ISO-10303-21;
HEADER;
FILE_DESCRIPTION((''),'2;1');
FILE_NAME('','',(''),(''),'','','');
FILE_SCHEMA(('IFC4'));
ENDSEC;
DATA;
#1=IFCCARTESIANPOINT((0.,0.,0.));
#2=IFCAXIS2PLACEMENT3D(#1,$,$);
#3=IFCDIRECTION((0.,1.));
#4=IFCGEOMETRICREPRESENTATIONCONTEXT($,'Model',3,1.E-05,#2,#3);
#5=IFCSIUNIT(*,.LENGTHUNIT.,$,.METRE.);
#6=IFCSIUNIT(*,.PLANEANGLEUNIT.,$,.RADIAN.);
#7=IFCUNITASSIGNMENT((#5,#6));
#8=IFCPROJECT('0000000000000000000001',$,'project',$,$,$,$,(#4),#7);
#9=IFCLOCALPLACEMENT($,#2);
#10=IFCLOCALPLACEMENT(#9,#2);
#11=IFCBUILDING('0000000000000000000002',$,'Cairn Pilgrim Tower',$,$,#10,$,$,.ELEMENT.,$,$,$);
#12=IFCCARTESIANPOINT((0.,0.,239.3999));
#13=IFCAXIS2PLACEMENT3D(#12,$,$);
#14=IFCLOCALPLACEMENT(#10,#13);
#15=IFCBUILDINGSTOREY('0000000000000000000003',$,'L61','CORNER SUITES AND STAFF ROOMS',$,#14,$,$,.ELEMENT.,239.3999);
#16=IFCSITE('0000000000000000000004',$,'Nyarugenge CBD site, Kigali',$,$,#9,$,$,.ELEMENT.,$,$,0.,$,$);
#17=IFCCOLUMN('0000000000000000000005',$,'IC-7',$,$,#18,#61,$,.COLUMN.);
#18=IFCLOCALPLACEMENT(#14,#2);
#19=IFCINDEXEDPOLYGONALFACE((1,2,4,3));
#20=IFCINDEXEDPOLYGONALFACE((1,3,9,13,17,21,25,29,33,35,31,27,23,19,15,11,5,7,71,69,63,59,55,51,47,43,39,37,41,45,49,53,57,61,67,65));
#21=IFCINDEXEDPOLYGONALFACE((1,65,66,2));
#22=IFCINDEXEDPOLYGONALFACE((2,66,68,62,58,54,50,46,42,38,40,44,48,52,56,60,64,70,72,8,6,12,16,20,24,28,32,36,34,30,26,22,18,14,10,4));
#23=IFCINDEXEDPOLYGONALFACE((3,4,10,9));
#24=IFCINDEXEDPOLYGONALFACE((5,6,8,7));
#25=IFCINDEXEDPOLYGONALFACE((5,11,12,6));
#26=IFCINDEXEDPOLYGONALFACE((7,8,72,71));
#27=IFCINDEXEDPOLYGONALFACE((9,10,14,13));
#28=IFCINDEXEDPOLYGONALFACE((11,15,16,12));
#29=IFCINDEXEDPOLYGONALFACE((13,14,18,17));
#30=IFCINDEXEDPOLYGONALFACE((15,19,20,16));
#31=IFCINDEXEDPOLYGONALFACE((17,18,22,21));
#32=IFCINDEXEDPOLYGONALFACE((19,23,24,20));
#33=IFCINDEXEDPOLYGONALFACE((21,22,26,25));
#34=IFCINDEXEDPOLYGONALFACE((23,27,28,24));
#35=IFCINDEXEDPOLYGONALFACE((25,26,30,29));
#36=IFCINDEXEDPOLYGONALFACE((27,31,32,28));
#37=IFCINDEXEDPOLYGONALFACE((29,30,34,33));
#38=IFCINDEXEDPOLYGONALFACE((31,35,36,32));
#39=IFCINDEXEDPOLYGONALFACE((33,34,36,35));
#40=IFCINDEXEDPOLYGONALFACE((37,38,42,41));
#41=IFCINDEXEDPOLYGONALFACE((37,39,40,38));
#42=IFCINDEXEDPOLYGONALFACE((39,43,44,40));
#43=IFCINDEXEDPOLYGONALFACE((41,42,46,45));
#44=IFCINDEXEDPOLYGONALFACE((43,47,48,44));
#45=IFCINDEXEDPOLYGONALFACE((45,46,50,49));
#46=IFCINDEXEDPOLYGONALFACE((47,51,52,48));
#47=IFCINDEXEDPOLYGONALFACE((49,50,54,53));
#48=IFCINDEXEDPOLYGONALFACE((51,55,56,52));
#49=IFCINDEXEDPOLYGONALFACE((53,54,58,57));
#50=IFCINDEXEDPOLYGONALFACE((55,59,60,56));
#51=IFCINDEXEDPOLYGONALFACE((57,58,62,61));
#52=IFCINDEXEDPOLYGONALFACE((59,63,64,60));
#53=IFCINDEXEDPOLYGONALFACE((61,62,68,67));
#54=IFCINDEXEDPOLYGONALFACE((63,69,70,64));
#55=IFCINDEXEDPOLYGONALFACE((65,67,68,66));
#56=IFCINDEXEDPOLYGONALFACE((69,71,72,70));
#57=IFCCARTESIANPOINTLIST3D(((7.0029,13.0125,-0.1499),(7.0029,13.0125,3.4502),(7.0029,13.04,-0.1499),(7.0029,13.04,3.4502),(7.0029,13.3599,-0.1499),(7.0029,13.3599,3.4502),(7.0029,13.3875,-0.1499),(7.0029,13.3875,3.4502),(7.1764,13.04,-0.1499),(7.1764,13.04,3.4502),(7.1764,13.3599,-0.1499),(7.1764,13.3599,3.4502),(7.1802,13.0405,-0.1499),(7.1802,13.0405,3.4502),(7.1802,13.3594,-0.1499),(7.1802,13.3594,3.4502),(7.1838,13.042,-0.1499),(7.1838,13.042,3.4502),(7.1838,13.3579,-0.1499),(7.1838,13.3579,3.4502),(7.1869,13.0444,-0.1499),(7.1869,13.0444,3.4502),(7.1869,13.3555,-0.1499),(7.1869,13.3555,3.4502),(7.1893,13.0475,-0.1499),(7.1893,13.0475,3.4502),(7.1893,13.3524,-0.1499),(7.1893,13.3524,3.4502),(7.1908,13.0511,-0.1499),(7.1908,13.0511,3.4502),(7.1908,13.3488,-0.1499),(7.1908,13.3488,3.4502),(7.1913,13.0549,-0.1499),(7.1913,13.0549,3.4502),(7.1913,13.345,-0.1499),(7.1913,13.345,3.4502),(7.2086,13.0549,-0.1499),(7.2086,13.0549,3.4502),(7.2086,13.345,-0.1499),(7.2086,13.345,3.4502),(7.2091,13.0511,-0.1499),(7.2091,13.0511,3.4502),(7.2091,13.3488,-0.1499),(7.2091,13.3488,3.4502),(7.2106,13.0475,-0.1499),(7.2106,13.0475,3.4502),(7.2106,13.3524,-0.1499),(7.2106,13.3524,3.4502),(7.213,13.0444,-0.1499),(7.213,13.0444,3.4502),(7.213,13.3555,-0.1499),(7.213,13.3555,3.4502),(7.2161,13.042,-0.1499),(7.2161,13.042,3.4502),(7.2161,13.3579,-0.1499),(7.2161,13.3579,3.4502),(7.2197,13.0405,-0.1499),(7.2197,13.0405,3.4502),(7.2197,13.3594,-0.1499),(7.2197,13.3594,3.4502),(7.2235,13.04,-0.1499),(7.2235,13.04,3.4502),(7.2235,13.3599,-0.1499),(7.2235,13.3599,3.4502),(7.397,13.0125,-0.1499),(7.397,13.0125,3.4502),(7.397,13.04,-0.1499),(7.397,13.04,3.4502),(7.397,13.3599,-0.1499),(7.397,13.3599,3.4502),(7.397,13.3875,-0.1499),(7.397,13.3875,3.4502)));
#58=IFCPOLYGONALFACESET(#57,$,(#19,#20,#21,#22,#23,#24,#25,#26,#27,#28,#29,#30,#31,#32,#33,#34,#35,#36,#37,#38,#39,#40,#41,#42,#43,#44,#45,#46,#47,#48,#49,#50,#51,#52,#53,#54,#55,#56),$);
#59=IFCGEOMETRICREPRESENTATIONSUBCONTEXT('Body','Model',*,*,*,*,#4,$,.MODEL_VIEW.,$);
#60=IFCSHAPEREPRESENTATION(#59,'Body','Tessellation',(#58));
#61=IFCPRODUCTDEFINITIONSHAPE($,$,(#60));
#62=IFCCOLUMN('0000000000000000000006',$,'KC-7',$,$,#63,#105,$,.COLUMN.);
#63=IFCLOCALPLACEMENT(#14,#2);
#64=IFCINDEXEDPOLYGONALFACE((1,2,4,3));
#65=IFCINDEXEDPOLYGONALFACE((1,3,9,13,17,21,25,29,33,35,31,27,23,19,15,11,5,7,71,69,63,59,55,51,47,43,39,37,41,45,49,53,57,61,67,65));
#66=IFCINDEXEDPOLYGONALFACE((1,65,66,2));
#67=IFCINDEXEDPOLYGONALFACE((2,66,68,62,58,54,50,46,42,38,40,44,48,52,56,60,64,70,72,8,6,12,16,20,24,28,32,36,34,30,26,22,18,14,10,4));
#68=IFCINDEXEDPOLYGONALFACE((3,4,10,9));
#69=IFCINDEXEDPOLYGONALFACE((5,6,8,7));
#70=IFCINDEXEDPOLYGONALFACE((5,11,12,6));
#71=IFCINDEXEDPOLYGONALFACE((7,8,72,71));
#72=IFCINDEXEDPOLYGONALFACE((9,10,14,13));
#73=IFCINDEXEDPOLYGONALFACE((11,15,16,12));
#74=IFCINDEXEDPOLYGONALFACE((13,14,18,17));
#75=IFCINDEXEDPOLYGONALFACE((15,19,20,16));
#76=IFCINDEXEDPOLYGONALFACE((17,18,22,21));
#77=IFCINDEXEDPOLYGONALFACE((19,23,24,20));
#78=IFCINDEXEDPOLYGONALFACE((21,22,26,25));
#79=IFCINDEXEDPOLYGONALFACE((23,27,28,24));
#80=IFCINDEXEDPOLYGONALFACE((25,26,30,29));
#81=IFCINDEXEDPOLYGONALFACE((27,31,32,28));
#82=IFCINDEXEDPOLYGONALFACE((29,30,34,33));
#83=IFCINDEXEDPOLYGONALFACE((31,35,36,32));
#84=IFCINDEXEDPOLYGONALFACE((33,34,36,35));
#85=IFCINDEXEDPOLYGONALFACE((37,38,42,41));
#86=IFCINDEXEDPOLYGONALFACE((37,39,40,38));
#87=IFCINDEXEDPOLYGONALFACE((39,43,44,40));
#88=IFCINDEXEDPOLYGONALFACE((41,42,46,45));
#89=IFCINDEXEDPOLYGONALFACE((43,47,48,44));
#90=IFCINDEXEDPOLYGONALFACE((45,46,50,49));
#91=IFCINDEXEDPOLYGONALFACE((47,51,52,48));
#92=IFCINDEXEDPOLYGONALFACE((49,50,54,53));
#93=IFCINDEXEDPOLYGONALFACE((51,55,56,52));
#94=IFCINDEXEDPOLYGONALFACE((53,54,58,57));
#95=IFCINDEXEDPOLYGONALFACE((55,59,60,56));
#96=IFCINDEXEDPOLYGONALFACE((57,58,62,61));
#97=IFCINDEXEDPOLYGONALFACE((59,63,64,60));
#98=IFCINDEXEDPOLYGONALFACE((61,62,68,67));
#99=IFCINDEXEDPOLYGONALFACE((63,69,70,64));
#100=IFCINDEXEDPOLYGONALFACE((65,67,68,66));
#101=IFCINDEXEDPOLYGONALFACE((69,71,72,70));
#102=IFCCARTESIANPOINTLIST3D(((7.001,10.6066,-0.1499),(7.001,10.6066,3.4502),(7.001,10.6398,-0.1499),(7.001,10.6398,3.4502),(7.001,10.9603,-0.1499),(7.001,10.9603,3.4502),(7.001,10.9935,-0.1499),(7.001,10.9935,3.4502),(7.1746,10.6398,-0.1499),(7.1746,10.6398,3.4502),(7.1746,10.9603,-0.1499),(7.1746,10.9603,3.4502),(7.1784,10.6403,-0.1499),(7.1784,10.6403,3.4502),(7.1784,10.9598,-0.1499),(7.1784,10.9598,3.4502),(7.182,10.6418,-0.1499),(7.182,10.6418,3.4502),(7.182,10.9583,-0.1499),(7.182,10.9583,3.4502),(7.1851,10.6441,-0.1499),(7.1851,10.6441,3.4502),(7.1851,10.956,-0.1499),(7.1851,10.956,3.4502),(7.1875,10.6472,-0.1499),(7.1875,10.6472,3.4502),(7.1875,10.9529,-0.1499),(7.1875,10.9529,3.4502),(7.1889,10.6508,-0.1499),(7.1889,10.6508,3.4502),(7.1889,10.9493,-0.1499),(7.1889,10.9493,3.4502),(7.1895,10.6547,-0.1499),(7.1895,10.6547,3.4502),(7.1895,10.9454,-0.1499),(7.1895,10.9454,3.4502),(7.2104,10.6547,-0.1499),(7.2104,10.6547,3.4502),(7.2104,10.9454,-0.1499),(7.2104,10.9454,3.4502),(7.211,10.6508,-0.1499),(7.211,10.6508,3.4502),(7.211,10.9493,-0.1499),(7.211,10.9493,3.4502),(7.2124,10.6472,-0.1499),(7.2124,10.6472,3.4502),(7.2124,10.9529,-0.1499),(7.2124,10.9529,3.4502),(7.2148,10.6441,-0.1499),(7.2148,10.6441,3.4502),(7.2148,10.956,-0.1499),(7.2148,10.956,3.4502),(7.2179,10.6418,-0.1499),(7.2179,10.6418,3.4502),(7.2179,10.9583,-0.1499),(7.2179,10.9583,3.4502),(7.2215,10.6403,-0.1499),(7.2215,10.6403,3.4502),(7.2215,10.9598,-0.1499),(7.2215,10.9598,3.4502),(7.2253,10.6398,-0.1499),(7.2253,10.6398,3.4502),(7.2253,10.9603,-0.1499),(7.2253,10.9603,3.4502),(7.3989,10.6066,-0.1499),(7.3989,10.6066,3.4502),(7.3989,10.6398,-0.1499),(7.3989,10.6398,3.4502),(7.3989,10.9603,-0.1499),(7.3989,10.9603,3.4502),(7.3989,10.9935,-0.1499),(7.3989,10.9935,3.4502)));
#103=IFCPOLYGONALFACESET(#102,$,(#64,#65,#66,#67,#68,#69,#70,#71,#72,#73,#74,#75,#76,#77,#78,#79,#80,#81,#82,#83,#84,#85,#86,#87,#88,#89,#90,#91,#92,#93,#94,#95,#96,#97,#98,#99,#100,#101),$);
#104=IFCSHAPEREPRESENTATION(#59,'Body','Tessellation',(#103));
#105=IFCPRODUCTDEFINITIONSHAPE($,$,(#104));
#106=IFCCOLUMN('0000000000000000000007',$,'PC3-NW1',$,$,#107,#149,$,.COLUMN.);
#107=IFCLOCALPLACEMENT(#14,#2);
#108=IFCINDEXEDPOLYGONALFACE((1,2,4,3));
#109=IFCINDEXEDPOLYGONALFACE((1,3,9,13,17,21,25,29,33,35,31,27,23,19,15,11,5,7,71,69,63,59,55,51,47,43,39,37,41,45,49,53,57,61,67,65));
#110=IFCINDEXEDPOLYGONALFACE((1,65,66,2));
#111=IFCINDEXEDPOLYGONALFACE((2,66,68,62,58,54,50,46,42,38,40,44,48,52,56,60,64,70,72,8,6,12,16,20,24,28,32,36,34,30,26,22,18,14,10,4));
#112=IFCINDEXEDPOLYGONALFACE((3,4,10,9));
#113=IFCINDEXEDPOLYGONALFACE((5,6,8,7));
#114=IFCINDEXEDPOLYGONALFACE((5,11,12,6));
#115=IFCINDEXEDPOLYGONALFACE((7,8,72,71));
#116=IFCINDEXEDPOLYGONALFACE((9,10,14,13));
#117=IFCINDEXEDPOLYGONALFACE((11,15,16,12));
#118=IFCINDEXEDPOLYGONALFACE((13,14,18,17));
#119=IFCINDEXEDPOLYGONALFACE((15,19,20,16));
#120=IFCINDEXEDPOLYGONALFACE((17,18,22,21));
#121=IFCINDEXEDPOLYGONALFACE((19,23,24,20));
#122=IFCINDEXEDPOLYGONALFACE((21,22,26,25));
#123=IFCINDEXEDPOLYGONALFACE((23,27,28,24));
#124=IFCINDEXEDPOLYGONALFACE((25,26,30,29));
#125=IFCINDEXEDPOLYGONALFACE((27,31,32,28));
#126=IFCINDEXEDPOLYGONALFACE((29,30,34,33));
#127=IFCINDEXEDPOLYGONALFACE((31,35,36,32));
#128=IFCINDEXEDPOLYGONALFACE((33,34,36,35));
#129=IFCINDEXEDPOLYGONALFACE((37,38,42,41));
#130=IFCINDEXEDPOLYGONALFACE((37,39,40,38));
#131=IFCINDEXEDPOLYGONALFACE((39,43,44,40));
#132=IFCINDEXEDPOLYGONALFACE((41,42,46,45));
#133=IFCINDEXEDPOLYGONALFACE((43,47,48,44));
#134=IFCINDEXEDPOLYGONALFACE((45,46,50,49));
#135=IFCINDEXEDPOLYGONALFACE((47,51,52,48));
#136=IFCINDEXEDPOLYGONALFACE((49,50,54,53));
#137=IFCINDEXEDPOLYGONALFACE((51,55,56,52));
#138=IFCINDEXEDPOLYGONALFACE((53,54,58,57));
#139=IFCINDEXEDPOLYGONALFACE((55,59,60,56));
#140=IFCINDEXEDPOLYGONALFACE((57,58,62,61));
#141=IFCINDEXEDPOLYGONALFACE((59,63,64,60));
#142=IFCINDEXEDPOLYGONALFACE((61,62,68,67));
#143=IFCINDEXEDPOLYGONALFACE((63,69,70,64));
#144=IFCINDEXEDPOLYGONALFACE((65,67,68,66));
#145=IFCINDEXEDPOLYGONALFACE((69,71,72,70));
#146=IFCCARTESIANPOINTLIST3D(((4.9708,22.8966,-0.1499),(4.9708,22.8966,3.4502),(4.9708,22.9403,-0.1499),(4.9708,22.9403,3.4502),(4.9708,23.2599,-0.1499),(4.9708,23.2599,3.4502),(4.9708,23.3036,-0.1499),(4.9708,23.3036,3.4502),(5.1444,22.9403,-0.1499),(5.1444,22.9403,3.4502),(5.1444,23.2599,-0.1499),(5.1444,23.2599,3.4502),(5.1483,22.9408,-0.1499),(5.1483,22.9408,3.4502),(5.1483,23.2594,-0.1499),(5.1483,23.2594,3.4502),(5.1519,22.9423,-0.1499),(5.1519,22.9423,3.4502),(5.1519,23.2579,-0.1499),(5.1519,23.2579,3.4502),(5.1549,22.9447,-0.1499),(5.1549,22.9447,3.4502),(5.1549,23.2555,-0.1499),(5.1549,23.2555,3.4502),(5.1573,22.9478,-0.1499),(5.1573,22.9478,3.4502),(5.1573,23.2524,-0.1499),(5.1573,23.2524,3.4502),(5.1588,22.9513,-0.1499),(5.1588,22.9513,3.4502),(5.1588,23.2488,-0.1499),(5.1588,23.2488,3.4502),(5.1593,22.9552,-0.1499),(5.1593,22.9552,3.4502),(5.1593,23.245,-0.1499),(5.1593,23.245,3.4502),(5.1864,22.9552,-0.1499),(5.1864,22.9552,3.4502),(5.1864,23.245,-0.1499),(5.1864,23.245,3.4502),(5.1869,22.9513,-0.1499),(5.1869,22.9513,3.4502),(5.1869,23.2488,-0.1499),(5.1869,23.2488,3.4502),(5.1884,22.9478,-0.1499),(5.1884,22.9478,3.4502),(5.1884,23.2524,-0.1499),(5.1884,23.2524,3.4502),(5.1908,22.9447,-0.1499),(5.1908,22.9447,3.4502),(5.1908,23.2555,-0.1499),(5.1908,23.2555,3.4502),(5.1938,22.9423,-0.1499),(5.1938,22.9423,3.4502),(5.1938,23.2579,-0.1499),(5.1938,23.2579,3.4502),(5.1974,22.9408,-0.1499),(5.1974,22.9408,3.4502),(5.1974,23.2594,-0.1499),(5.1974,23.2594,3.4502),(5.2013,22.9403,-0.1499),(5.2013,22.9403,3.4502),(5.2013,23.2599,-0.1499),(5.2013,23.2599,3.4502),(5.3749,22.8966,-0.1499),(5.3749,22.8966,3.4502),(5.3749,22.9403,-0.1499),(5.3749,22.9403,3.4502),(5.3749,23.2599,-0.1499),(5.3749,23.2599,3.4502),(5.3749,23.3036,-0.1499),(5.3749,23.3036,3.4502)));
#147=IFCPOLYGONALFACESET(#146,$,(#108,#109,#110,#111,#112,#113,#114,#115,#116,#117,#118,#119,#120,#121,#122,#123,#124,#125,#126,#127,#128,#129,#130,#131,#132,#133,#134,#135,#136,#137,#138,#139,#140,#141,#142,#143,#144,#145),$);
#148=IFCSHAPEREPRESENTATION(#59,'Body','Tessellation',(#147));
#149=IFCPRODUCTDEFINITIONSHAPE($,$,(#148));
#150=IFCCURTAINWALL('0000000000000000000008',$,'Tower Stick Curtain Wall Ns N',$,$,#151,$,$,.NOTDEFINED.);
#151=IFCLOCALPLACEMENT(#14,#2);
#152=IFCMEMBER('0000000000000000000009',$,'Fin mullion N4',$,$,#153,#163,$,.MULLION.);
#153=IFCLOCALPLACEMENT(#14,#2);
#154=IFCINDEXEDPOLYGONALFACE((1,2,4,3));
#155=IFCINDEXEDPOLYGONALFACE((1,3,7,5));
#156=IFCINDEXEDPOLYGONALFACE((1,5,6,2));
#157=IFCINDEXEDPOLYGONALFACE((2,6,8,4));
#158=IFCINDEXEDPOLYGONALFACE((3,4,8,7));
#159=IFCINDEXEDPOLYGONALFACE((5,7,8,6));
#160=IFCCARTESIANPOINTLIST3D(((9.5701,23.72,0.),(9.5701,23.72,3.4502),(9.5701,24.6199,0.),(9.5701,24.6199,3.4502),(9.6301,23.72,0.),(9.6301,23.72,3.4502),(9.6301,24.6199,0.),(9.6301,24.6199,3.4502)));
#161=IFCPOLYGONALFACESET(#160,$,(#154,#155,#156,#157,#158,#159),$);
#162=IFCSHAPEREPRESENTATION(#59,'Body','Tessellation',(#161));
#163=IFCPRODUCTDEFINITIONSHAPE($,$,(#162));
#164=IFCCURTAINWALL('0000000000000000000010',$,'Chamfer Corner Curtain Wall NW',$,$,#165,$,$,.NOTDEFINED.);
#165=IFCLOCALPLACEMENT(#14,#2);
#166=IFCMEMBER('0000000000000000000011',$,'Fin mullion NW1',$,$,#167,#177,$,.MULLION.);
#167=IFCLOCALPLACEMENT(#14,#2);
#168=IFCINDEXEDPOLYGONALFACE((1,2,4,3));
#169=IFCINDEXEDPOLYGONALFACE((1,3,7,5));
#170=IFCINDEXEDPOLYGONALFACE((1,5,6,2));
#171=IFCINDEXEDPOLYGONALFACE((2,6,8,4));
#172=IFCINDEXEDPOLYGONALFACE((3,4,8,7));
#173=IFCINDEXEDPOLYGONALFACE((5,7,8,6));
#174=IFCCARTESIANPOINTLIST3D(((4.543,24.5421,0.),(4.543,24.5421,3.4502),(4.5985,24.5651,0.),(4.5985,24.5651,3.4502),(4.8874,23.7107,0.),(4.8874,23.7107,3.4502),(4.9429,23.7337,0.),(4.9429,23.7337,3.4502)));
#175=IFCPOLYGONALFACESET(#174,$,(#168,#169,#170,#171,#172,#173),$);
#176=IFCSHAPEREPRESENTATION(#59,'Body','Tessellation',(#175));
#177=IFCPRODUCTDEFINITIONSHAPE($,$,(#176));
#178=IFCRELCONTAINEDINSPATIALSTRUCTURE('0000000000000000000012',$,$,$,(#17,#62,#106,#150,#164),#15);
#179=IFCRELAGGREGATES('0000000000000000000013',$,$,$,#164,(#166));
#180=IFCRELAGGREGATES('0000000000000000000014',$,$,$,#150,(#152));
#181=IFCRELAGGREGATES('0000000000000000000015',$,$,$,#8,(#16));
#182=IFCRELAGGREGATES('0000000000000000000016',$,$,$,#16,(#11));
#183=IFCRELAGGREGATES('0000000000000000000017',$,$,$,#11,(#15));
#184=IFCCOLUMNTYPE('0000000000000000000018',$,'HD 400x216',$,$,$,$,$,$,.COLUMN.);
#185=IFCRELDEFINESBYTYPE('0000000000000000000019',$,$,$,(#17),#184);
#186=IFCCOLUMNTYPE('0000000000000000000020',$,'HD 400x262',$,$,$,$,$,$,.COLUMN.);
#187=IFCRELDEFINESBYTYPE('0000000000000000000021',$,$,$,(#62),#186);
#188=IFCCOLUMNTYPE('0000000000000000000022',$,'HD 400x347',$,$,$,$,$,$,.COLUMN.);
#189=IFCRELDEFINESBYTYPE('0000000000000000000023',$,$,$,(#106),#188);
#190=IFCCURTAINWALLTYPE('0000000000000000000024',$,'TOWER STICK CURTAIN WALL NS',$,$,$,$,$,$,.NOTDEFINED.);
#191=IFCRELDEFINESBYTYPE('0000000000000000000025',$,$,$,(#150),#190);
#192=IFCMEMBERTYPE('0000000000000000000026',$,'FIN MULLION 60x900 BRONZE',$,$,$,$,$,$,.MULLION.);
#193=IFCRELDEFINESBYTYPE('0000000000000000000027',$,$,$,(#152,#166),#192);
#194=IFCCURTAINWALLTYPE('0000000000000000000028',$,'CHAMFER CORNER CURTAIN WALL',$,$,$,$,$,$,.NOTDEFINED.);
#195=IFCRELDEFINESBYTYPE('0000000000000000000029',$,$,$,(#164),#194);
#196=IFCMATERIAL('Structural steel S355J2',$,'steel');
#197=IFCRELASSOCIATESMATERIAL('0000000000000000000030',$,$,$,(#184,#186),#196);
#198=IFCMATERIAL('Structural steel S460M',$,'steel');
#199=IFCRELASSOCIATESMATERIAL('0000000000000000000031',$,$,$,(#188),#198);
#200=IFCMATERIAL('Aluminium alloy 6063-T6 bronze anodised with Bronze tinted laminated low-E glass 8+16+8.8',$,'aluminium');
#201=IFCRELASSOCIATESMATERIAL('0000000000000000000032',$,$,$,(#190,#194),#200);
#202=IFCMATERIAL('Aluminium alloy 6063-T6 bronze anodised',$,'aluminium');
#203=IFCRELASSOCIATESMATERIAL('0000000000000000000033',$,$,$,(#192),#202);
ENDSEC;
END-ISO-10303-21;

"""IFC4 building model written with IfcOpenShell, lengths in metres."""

from ifc_helpers import new_model, si_unit, direction, frame, origin, origin_2d, place, context, subcontext, project, spatial, rectangle, i_section, extrude, material, material_profile, profile_set, type_object, element, aggregate, save


model = new_model("IFC4")

# Units and contexts
model_context = context("Model", 3, precision=1e-05, world=origin(), true_north=direction((0.0, 1.0)))
body_context = subcontext(model_context, "Body", "Model", "MODEL_VIEW")
ifc_project = project(units=[si_unit("LENGTHUNIT", "METRE"), si_unit("PLANEANGLEUNIT", "RADIAN")], contexts=[model_context])

# Site, building, storey
site_placement = place(None, origin())
site = spatial("IfcSite", under=ifc_project, at=site_placement, Name="Nyarugenge CBD site, Kigali", CompositionType="ELEMENT", RefElevation=0.0)
building_placement = place(site_placement, origin())
building = spatial("IfcBuilding", under=site, at=building_placement, Name="Cairn Pilgrim Tower", CompositionType="ELEMENT")
storey_placement = place(building_placement, frame((0.0, 0.0, 239.3999)))
storey = spatial("IfcBuildingStorey", under=building, at=storey_placement, Name="L61", Description="CORNER SUITES AND STAFF ROOMS", CompositionType="ELEMENT", Elevation=239.3999)

# Columns
ifc_material_1 = material(Name="Structural steel S355J2", Category="steel")
ifc_material_profile_1 = material_profile(ifc_material_1, i_section(OverallWidth=0.394, OverallDepth=0.375, WebThickness=0.0173, FlangeThickness=0.0276, FilletRadius=0.0149, at=origin_2d()), Name="HD 400x216")
ifc_profile_set_1 = profile_set([ifc_material_profile_1], Name="Structural steel S355J2")
column_type_1 = type_object("IfcColumnType", Name="HD 400x216", PredefinedType="COLUMN", material=ifc_profile_set_1)
column_1_placement = place(storey_placement, frame((7.2, 13.2, -0.1499), z_axis=(0.0, 0.0, 1.0), x_axis=(1.0, 0.0, 0.0)))
element("IfcColumn", 1, at=column_1_placement, inside=storey, type_object=column_type_1, Name="IC-7", PredefinedType="COLUMN", context=body_context, shape_type="SweptSolid", body=[
    extrude(i_section(OverallWidth=0.394, OverallDepth=0.375, WebThickness=0.0173, FlangeThickness=0.0276, FilletRadius=0.0149, at=origin_2d()), origin(), (0.0, 0.0, 1.0), 3.6001),
])
ifc_material_profile_2 = material_profile(ifc_material_1, i_section(OverallWidth=0.3979, OverallDepth=0.387, WebThickness=0.021, FlangeThickness=0.0332, FilletRadius=0.0149, at=origin_2d()), Name="HD 400x262")
ifc_profile_set_2 = profile_set([ifc_material_profile_2], Name="Structural steel S355J2")
column_type_2 = type_object("IfcColumnType", Name="HD 400x262", PredefinedType="COLUMN", material=ifc_profile_set_2)
column_2_placement = place(storey_placement, frame((7.2, 10.8, -0.1499), z_axis=(0.0, 0.0, 1.0), x_axis=(1.0, 0.0, 0.0)))
element("IfcColumn", 2, at=column_2_placement, inside=storey, type_object=column_type_2, Name="KC-7", PredefinedType="COLUMN", context=body_context, shape_type="SweptSolid", body=[
    extrude(i_section(OverallWidth=0.3979, OverallDepth=0.387, WebThickness=0.021, FlangeThickness=0.0332, FilletRadius=0.0149, at=origin_2d()), origin(), (0.0, 0.0, 1.0), 3.6001),
])
ifc_material_2 = material(Name="Structural steel S460M", Category="steel")
ifc_material_profile_3 = material_profile(ifc_material_2, i_section(OverallWidth=0.4041, OverallDepth=0.407, WebThickness=0.0271, FlangeThickness=0.0437, FilletRadius=0.0149, at=origin_2d()), Name="HD 400x347")
ifc_profile_set_3 = profile_set([ifc_material_profile_3], Name="Structural steel S460M")
column_type_3 = type_object("IfcColumnType", Name="HD 400x347", PredefinedType="COLUMN", material=ifc_profile_set_3)
column_3_placement = place(storey_placement, frame((5.1729, 23.1001, -0.1499), z_axis=(0.0, 0.0, 1.0), x_axis=(1.0, 0.0, 0.0)))
element("IfcColumn", 3, at=column_3_placement, inside=storey, type_object=column_type_3, Name="PC3-NW1", PredefinedType="COLUMN", context=body_context, shape_type="SweptSolid", body=[
    extrude(i_section(OverallWidth=0.4041, OverallDepth=0.407, WebThickness=0.0271, FlangeThickness=0.0437, FilletRadius=0.0149, at=origin_2d()), origin(), (0.0, 0.0, 1.0), 3.6001),
])

# Curtain walls, members
ifc_material_3 = material(Name="Aluminium alloy 6063-T6 bronze anodised with Bronze tinted laminated low-E glass 8+16+8.8", Category="aluminium")
curtain_wall_type_1 = type_object("IfcCurtainWallType", Name="TOWER STICK CURTAIN WALL NS", PredefinedType="NOTDEFINED", material=ifc_material_3)
curtain_wall_1_placement = place(storey_placement, origin())
curtain_wall_1 = element("IfcCurtainWall", 4, at=curtain_wall_1_placement, inside=storey, type_object=curtain_wall_type_1, Name="Tower Stick Curtain Wall Ns N", PredefinedType="NOTDEFINED")
ifc_material_4 = material(Name="Aluminium alloy 6063-T6 bronze anodised", Category="aluminium")
ifc_material_profile_4 = material_profile(ifc_material_4, rectangle(XDim=0.8999, YDim=0.0601, at=origin_2d()), Name="FIN MULLION 60x900 BRONZE")
ifc_profile_set_4 = profile_set([ifc_material_profile_4], Name="Aluminium alloy 6063-T6 bronze anodised")
member_type_1 = type_object("IfcMemberType", Name="FIN MULLION 60x900 BRONZE", PredefinedType="MULLION", material=ifc_profile_set_4)
member_1_placement = place(storey_placement, frame((9.6001, 24.1699, 0.0), z_axis=(0.0, 0.0, 1.0), x_axis=(0.0, 1.0, 0.0)))
member_1 = element("IfcMember", 5, at=member_1_placement, type_object=member_type_1, Name="Fin mullion N4", PredefinedType="MULLION", context=body_context, shape_type="SweptSolid", body=[
    extrude(rectangle(XDim=0.8999, YDim=0.0601, at=origin_2d()), origin(), (0.0, 0.0, 1.0), 3.4502),
])
curtain_wall_type_2 = type_object("IfcCurtainWallType", Name="CHAMFER CORNER CURTAIN WALL", PredefinedType="NOTDEFINED", material=ifc_material_3)
curtain_wall_2_placement = place(storey_placement, origin())
curtain_wall_2 = element("IfcCurtainWall", 6, at=curtain_wall_2_placement, inside=storey, type_object=curtain_wall_type_2, Name="Chamfer Corner Curtain Wall NW", PredefinedType="NOTDEFINED")
member_2_placement = place(storey_placement, frame((4.7429, 24.1379, 0.0), z_axis=(0.0, 0.0, 1.0), x_axis=(-0.382683, 0.92388, 0.0)))
member_2 = element("IfcMember", 7, at=member_2_placement, type_object=member_type_1, Name="Fin mullion NW1", PredefinedType="MULLION", context=body_context, shape_type="SweptSolid", body=[
    extrude(rectangle(XDim=0.8999, YDim=0.0601, at=origin_2d()), origin(), (0.0, 0.0, 1.0), 3.4502),
])

aggregate(curtain_wall_2, [member_2])
aggregate(curtain_wall_1, [member_1])

save(model, "model.ifc")
